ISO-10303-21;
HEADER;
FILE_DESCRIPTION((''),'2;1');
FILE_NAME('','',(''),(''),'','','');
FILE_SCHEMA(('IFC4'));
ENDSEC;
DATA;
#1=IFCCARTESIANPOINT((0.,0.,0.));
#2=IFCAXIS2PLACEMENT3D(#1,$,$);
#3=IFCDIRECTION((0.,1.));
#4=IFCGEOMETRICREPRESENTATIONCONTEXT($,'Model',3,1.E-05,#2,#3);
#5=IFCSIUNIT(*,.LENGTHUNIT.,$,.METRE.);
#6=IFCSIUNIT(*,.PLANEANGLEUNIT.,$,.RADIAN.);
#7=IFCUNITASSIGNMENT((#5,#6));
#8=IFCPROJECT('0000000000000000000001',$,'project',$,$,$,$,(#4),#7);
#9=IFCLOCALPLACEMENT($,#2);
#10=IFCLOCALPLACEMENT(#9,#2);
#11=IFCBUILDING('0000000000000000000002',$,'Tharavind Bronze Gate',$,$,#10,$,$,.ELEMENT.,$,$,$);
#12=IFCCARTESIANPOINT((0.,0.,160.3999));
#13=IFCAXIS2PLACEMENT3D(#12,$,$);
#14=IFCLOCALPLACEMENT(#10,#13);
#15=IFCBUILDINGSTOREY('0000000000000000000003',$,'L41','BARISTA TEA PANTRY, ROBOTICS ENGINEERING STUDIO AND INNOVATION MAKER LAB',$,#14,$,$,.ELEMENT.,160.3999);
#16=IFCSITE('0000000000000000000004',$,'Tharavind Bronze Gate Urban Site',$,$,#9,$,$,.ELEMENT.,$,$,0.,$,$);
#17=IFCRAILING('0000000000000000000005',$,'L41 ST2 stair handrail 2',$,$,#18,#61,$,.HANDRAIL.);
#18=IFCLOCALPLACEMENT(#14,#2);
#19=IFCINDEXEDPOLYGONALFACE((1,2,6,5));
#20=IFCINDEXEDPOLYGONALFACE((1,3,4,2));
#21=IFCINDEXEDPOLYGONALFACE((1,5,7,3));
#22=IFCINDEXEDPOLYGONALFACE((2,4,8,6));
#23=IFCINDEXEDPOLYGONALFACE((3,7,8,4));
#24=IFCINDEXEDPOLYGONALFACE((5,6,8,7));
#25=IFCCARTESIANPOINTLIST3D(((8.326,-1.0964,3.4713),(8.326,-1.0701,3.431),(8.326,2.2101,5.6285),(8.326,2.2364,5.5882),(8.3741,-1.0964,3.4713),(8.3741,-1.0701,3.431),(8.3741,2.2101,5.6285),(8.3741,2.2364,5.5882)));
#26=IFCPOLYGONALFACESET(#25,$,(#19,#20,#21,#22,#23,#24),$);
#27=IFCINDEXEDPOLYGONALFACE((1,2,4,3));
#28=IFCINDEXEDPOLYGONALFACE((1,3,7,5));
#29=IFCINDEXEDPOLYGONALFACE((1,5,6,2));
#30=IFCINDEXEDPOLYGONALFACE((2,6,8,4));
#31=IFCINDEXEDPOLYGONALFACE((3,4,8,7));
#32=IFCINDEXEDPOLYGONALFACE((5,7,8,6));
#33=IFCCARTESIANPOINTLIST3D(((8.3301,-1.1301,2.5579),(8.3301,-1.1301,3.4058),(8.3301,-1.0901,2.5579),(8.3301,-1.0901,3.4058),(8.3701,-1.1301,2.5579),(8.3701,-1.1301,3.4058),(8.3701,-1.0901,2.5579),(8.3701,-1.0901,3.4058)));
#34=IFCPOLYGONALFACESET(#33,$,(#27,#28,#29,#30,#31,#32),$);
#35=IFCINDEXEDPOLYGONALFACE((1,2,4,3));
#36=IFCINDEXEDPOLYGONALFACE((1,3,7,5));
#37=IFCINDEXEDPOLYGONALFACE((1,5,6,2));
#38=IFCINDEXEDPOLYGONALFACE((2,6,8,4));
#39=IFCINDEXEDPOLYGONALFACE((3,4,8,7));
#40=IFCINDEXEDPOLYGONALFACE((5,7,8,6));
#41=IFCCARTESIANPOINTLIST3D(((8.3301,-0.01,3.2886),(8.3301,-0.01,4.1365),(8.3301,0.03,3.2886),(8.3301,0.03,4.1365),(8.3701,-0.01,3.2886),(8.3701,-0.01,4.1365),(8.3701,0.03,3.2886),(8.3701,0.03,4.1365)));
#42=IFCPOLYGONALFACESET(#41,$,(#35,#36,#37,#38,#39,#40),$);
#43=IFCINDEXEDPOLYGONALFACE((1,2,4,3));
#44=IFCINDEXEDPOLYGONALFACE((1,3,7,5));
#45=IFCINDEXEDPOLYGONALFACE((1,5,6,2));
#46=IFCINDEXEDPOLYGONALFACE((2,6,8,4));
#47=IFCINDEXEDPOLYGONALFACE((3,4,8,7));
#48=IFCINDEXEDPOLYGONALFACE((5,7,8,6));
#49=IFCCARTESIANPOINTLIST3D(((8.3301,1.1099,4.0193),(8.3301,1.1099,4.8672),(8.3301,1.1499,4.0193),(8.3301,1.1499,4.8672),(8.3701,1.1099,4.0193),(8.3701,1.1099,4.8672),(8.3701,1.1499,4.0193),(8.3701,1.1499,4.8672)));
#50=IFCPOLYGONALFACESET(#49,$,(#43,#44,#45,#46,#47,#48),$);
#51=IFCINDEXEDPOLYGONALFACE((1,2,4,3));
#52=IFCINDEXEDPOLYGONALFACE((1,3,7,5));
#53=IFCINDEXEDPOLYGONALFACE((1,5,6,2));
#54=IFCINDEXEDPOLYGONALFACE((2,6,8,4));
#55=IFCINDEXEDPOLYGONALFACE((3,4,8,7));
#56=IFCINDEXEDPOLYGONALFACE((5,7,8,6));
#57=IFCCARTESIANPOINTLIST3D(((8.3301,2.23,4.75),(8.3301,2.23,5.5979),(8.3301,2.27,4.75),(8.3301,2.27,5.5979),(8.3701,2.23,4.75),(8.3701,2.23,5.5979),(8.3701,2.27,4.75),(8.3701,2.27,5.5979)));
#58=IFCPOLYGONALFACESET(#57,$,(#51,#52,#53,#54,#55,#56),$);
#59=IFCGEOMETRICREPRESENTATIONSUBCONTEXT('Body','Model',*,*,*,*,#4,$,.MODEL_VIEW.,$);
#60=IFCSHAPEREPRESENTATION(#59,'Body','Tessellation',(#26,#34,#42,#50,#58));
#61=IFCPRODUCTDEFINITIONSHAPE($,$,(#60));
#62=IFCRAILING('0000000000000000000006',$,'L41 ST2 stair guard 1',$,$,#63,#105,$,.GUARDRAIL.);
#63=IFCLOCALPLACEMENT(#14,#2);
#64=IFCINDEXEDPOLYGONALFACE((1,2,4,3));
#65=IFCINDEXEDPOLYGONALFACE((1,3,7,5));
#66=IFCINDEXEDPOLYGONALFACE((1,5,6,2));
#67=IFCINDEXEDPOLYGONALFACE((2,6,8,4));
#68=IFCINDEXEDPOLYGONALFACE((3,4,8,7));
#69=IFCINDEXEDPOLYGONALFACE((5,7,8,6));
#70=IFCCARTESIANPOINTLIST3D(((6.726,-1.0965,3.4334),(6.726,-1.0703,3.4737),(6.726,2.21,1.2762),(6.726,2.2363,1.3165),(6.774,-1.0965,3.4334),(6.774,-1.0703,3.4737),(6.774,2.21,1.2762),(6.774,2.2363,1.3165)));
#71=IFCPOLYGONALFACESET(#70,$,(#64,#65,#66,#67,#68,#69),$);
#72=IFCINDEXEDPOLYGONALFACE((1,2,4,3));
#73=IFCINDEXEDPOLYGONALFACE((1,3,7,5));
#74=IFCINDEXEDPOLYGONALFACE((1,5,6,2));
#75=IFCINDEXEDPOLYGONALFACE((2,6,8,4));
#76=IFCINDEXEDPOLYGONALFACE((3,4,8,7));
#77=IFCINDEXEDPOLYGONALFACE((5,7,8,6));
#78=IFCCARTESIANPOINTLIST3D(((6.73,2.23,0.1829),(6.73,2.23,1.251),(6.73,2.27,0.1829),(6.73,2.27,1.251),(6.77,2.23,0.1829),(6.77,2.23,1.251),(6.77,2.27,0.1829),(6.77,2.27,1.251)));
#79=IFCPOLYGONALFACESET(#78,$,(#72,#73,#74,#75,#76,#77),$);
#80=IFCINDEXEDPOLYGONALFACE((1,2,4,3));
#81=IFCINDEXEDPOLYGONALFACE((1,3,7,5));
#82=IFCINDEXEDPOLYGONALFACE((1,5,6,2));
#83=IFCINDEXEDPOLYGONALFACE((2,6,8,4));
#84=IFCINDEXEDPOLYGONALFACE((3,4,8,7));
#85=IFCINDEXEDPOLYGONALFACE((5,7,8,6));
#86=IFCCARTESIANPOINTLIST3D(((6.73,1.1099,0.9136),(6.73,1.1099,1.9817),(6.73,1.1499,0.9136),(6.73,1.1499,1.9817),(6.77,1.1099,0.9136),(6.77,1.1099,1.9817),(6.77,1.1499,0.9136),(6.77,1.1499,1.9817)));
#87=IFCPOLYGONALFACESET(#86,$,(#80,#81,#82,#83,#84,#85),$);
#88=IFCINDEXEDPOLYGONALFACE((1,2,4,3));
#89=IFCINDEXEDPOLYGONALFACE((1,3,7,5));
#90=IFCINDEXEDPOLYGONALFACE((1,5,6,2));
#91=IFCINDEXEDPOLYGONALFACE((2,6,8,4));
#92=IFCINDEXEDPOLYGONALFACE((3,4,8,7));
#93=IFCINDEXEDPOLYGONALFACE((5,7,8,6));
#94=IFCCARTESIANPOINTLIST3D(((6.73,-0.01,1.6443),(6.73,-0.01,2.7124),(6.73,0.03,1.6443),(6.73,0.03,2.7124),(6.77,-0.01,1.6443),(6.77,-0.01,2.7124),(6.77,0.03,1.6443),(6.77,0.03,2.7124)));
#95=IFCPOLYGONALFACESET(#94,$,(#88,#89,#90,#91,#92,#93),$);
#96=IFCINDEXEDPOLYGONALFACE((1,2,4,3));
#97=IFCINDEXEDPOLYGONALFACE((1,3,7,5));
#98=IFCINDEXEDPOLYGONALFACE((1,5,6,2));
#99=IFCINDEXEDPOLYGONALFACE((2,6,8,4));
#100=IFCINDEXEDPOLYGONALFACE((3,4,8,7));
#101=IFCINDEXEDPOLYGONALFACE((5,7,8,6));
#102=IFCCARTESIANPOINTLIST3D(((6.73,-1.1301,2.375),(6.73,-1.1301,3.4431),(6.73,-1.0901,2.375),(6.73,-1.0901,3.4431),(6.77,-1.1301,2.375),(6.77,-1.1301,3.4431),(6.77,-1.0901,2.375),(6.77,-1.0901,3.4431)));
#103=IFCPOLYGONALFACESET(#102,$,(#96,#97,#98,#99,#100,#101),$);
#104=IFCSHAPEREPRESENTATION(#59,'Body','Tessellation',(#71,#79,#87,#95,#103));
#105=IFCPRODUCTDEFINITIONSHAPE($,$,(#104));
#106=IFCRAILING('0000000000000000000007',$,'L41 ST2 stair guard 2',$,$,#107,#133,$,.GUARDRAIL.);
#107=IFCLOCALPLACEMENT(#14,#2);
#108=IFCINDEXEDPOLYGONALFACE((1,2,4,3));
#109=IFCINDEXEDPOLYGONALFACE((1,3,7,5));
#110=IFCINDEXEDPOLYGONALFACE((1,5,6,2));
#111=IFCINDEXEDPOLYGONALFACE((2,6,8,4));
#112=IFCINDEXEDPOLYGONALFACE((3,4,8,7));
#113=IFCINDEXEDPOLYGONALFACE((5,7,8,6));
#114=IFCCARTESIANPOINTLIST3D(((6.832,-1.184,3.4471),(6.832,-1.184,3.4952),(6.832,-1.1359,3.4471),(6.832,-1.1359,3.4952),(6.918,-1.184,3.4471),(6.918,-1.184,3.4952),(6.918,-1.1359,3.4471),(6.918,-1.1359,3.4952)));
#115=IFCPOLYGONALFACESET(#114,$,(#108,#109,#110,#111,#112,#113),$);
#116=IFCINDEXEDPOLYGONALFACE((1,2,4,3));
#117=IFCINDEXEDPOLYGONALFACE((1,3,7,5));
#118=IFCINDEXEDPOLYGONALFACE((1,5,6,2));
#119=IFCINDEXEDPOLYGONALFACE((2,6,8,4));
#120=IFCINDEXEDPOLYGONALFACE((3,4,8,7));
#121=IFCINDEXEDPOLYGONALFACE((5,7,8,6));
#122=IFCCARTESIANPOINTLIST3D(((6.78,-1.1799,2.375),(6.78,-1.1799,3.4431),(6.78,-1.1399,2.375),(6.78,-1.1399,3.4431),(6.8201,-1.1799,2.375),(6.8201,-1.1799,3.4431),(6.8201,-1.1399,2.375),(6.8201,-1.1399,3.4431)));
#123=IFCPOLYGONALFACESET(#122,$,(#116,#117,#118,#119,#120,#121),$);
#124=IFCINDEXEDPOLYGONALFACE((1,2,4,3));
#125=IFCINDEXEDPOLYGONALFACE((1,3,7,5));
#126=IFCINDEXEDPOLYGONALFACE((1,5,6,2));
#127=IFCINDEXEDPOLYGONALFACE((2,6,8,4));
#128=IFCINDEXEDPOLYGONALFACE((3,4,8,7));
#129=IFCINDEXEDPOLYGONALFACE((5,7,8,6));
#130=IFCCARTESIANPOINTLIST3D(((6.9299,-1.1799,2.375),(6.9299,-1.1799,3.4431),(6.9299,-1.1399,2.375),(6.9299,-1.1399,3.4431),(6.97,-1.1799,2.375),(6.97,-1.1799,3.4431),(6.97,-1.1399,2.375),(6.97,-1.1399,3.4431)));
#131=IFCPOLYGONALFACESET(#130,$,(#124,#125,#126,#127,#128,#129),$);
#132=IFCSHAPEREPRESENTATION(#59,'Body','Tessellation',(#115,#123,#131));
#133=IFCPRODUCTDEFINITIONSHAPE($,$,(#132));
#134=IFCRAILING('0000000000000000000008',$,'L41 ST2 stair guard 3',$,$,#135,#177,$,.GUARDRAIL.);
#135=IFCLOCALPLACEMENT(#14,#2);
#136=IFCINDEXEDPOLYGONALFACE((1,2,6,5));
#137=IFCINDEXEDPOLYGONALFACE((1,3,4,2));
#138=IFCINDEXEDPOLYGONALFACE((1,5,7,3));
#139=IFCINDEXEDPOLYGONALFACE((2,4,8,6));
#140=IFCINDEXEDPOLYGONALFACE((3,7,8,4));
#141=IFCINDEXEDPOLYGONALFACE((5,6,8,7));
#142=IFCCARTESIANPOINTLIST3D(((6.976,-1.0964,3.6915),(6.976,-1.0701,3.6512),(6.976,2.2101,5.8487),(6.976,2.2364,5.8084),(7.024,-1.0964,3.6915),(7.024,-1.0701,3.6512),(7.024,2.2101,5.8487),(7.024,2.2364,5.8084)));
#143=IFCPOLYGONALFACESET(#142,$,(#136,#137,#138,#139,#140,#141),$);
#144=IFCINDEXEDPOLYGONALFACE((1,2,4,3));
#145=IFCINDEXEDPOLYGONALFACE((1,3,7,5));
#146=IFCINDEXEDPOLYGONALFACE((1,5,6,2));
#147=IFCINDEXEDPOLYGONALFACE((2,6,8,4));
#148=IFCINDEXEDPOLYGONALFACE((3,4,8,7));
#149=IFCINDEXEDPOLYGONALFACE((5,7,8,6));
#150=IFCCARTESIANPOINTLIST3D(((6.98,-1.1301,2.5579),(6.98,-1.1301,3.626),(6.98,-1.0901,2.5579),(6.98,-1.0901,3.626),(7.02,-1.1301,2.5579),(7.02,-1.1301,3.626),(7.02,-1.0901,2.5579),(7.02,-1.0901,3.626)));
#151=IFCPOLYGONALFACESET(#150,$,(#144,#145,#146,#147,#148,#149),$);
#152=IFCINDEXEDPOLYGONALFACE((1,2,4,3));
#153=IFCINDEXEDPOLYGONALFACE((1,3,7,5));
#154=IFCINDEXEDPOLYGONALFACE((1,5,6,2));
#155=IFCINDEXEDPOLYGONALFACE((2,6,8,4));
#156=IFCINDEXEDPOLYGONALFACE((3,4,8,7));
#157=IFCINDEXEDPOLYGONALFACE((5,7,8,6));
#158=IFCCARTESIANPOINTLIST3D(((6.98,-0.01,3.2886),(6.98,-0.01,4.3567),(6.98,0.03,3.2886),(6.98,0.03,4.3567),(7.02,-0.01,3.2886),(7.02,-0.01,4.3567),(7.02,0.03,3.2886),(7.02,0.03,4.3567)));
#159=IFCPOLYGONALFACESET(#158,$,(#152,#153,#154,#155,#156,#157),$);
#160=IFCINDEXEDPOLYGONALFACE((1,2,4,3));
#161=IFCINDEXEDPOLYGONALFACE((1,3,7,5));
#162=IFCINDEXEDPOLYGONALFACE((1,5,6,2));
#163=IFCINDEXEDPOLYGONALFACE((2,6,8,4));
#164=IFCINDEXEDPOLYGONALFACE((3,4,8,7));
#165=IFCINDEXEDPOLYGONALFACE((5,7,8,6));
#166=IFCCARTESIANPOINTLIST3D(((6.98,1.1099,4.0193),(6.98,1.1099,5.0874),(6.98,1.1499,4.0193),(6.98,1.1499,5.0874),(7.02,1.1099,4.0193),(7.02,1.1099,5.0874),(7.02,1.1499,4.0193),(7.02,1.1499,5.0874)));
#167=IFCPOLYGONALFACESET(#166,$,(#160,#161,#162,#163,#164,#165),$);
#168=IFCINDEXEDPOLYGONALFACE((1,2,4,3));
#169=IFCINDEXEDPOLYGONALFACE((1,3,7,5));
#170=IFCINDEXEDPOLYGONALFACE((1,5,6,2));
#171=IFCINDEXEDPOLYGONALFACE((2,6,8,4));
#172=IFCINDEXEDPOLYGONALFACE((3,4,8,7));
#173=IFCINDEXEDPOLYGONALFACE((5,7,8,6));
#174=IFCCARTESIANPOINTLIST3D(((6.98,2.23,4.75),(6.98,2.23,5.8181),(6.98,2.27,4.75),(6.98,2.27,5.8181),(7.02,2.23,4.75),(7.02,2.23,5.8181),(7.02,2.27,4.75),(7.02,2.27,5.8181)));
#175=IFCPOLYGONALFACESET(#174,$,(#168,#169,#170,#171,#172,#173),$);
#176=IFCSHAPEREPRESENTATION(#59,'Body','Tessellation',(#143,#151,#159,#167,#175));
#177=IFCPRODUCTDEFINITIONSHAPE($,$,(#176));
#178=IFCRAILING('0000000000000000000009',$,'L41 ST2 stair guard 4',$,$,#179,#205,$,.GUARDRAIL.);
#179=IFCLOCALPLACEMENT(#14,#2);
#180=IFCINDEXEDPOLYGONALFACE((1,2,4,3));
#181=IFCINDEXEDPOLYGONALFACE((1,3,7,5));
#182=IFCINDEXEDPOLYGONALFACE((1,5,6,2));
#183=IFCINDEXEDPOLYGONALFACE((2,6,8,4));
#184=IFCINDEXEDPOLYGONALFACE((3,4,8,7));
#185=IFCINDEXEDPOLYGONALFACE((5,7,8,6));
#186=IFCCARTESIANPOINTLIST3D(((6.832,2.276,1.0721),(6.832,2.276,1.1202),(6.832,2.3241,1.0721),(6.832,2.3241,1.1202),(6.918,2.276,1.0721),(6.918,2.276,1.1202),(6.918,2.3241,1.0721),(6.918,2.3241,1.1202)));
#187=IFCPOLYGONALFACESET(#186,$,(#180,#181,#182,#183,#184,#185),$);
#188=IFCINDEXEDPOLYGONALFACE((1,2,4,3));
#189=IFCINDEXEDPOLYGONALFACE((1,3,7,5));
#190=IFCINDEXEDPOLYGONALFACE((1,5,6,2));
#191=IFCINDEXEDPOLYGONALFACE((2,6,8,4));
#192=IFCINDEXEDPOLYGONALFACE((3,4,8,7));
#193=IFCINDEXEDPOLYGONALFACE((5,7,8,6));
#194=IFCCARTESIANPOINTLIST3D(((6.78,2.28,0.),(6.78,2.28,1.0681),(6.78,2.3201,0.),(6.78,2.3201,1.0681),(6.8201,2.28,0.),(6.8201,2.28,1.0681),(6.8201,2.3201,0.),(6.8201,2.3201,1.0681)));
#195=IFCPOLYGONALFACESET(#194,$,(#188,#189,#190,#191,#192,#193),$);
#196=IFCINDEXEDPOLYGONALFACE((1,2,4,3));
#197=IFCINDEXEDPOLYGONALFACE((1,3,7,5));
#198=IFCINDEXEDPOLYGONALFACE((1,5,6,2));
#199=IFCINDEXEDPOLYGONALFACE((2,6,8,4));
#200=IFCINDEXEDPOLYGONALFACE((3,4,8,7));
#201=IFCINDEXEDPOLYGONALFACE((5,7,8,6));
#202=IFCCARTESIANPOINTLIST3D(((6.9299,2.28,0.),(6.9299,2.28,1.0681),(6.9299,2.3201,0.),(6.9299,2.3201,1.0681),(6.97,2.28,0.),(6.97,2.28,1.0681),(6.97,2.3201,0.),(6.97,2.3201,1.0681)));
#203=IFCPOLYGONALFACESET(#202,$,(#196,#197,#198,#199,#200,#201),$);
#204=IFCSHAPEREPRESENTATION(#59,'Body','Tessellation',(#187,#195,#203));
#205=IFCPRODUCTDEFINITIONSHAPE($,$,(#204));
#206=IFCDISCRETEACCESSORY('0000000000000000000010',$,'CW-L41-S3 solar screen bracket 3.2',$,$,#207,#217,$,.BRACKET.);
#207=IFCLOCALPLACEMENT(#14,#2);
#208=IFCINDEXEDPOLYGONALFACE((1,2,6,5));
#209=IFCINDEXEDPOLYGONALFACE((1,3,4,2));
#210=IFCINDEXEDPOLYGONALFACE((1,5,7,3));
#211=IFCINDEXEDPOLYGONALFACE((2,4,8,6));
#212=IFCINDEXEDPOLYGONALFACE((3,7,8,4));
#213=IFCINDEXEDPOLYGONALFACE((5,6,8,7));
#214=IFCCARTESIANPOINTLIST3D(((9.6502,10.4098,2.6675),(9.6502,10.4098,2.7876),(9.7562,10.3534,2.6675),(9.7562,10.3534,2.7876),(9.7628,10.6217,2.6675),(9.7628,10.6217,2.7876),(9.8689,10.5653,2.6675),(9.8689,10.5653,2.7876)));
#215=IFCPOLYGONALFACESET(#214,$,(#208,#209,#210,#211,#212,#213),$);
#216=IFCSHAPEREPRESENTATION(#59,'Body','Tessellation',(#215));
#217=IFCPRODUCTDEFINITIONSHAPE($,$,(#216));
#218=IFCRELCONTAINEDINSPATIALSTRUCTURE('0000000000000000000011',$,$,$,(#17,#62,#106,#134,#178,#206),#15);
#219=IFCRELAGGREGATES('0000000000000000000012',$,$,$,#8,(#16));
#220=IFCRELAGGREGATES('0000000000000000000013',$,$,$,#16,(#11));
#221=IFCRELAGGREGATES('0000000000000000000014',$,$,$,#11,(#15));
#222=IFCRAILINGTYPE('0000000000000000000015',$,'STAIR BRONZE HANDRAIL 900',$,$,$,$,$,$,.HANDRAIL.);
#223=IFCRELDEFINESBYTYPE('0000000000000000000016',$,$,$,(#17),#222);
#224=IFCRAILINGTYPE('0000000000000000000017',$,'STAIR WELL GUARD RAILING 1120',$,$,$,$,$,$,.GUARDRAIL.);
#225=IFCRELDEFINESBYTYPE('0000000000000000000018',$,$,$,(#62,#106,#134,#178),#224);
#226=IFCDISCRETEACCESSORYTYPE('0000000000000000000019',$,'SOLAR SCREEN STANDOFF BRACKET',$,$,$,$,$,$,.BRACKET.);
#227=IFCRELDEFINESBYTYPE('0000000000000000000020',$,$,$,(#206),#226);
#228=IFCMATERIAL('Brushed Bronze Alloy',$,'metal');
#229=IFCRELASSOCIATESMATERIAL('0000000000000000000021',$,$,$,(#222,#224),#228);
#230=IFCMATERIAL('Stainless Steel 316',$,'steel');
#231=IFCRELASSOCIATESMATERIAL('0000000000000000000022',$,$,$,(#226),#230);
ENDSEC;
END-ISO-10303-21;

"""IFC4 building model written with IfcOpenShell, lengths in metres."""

from ifc_helpers import new_model, si_unit, direction, frame, origin, origin_2d, place, context, subcontext, project, spatial, rectangle, extrude, material, type_object, element, save


model = new_model("IFC4")

# Units and contexts
model_context = context("Model", 3, precision=1e-05, world=origin(), true_north=direction((0.0, 1.0)))
body_context = subcontext(model_context, "Body", "Model", "MODEL_VIEW")
ifc_project = project(units=[si_unit("LENGTHUNIT", "METRE"), si_unit("PLANEANGLEUNIT", "RADIAN")], contexts=[model_context])

# Site, building, storey
site_placement = place(None, origin())
site = spatial("IfcSite", under=ifc_project, at=site_placement, Name="Tharavind Bronze Gate Urban Site", CompositionType="ELEMENT", RefElevation=0.0)
building_placement = place(site_placement, origin())
building = spatial("IfcBuilding", under=site, at=building_placement, Name="Tharavind Bronze Gate", CompositionType="ELEMENT")
storey_placement = place(building_placement, frame((0.0, 0.0, 160.3999)))
storey = spatial("IfcBuildingStorey", under=building, at=storey_placement, Name="L41", Description="BARISTA TEA PANTRY, ROBOTICS ENGINEERING STUDIO AND INNOVATION MAKER LAB", CompositionType="ELEMENT", Elevation=160.3999)

# Railings
ifc_material_1 = material(Name="Brushed Bronze Alloy", Category="metal")
railing_type_1 = type_object("IfcRailingType", Name="STAIR BRONZE HANDRAIL 900", PredefinedType="HANDRAIL", material=ifc_material_1)
railing_1_placement = place(storey_placement, frame((8.3501, -1.1101, 2.5579)))
element("IfcRailing", 1, at=railing_1_placement, inside=storey, type_object=railing_type_1, Name="L41 ST2 stair handrail 2", PredefinedType="HANDRAIL", context=body_context, shape_type="SweptSolid", body=[
    extrude(rectangle(XDim=0.0481, YDim=0.0481, at=origin_2d()), frame((0.0, 0.0269, 0.8933), z_axis=(0.0, 0.837523, 0.546401), x_axis=(-1.0, 0.0, 0.0)), (0.0, 0.0, 1.0), 3.948),
    extrude(rectangle(XDim=0.04, YDim=0.04, at=origin_2d()), origin(), (0.0, 0.0, 1.0), 0.8479),
    extrude(rectangle(XDim=0.04, YDim=0.04, at=origin_2d()), frame((0.0, 1.1201, 0.7307)), (0.0, 0.0, 1.0), 0.8479),
    extrude(rectangle(XDim=0.04, YDim=0.04, at=origin_2d()), frame((0.0, 2.24, 1.4614)), (0.0, 0.0, 1.0), 0.8479),
    extrude(rectangle(XDim=0.04, YDim=0.04, at=origin_2d()), frame((0.0, 3.3601, 2.1921)), (0.0, 0.0, 1.0), 0.8479),
])
railing_type_2 = type_object("IfcRailingType", Name="STAIR WELL GUARD RAILING 1120", PredefinedType="GUARDRAIL", material=ifc_material_1)
railing_2_placement = place(storey_placement, frame((6.75, 2.25, 0.1829)))
element("IfcRailing", 2, at=railing_2_placement, inside=storey, type_object=railing_type_2, Name="L41 ST2 stair guard 1", PredefinedType="GUARDRAIL", context=body_context, shape_type="SweptSolid", body=[
    extrude(rectangle(XDim=0.0481, YDim=0.0481, at=origin_2d()), frame((0.0, -0.0269, 1.1135), z_axis=(0.0, -0.837523, 0.546401), x_axis=(1.0, 0.0, 0.0)), (0.0, 0.0, 1.0), 3.948),
    extrude(rectangle(XDim=0.04, YDim=0.04, at=origin_2d()), origin(), (0.0, 0.0, 1.0), 1.0681),
    extrude(rectangle(XDim=0.04, YDim=0.04, at=origin_2d()), frame((0.0, -1.1201, 0.7307)), (0.0, 0.0, 1.0), 1.0681),
    extrude(rectangle(XDim=0.04, YDim=0.04, at=origin_2d()), frame((0.0, -2.24, 1.4614)), (0.0, 0.0, 1.0), 1.0681),
    extrude(rectangle(XDim=0.04, YDim=0.04, at=origin_2d()), frame((0.0, -3.3601, 2.1921)), (0.0, 0.0, 1.0), 1.0681),
])
railing_3_placement = place(storey_placement, frame((6.8, -1.1599, 2.375)))
element("IfcRailing", 3, at=railing_3_placement, inside=storey, type_object=railing_type_2, Name="L41 ST2 stair guard 2", PredefinedType="GUARDRAIL", context=body_context, shape_type="SweptSolid", body=[
    extrude(rectangle(XDim=0.0481, YDim=0.0481, at=origin_2d()), frame((0.032, 0.0, 1.0962), z_axis=(1.0, 0.0, 0.0), x_axis=(0.0, 1.0, 0.0)), (0.0, 0.0, 1.0), 0.0859),
    extrude(rectangle(XDim=0.04, YDim=0.04, at=origin_2d()), origin(), (0.0, 0.0, 1.0), 1.0681),
    extrude(rectangle(XDim=0.04, YDim=0.04, at=origin_2d()), frame((0.1499, 0.0, 0.0)), (0.0, 0.0, 1.0), 1.0681),
])
railing_4_placement = place(storey_placement, frame((7.0, -1.1101, 2.5579)))
element("IfcRailing", 4, at=railing_4_placement, inside=storey, type_object=railing_type_2, Name="L41 ST2 stair guard 3", PredefinedType="GUARDRAIL", context=body_context, shape_type="SweptSolid", body=[
    extrude(rectangle(XDim=0.0481, YDim=0.0481, at=origin_2d()), frame((0.0, 0.0269, 1.1135), z_axis=(0.0, 0.837523, 0.546401), x_axis=(-1.0, 0.0, 0.0)), (0.0, 0.0, 1.0), 3.948),
    extrude(rectangle(XDim=0.04, YDim=0.04, at=origin_2d()), origin(), (0.0, 0.0, 1.0), 1.0681),
    extrude(rectangle(XDim=0.04, YDim=0.04, at=origin_2d()), frame((0.0, 1.1201, 0.7307)), (0.0, 0.0, 1.0), 1.0681),
    extrude(rectangle(XDim=0.04, YDim=0.04, at=origin_2d()), frame((0.0, 2.24, 1.4614)), (0.0, 0.0, 1.0), 1.0681),
    extrude(rectangle(XDim=0.04, YDim=0.04, at=origin_2d()), frame((0.0, 3.3601, 2.1921)), (0.0, 0.0, 1.0), 1.0681),
])
railing_5_placement = place(storey_placement, frame((6.8, 2.3, 0.0)))
element("IfcRailing", 5, at=railing_5_placement, inside=storey, type_object=railing_type_2, Name="L41 ST2 stair guard 4", PredefinedType="GUARDRAIL", context=body_context, shape_type="SweptSolid", body=[
    extrude(rectangle(XDim=0.0481, YDim=0.0481, at=origin_2d()), frame((0.032, 0.0, 1.0962), z_axis=(1.0, 0.0, 0.0), x_axis=(0.0, 1.0, 0.0)), (0.0, 0.0, 1.0), 0.0859),
    extrude(rectangle(XDim=0.04, YDim=0.04, at=origin_2d()), origin(), (0.0, 0.0, 1.0), 1.0681),
    extrude(rectangle(XDim=0.04, YDim=0.04, at=origin_2d()), frame((0.1499, 0.0, 0.0)), (0.0, 0.0, 1.0), 1.0681),
])

# Discrete accessory
ifc_material_2 = material(Name="Stainless Steel 316", Category="steel")
discrete_accessory_type = type_object("IfcDiscreteAccessoryType", Name="SOLAR SCREEN STANDOFF BRACKET", PredefinedType="BRACKET", material=ifc_material_2)
discrete_accessory_placement = place(storey_placement, frame((9.7595, 10.4875, 2.6675), z_axis=(0.0, 0.0, 1.0), x_axis=(-0.882948, 0.469472, 0.0)))
element("IfcDiscreteAccessory", 6, at=discrete_accessory_placement, inside=storey, type_object=discrete_accessory_type, Name="CW-L41-S3 solar screen bracket 3.2", PredefinedType="BRACKET", context=body_context, shape_type="SweptSolid", body=[
    extrude(rectangle(XDim=0.1201, YDim=0.24, at=origin_2d()), origin(), (0.0, 0.0, 1.0), 0.1201),
])

save(model, "model.ifc")
